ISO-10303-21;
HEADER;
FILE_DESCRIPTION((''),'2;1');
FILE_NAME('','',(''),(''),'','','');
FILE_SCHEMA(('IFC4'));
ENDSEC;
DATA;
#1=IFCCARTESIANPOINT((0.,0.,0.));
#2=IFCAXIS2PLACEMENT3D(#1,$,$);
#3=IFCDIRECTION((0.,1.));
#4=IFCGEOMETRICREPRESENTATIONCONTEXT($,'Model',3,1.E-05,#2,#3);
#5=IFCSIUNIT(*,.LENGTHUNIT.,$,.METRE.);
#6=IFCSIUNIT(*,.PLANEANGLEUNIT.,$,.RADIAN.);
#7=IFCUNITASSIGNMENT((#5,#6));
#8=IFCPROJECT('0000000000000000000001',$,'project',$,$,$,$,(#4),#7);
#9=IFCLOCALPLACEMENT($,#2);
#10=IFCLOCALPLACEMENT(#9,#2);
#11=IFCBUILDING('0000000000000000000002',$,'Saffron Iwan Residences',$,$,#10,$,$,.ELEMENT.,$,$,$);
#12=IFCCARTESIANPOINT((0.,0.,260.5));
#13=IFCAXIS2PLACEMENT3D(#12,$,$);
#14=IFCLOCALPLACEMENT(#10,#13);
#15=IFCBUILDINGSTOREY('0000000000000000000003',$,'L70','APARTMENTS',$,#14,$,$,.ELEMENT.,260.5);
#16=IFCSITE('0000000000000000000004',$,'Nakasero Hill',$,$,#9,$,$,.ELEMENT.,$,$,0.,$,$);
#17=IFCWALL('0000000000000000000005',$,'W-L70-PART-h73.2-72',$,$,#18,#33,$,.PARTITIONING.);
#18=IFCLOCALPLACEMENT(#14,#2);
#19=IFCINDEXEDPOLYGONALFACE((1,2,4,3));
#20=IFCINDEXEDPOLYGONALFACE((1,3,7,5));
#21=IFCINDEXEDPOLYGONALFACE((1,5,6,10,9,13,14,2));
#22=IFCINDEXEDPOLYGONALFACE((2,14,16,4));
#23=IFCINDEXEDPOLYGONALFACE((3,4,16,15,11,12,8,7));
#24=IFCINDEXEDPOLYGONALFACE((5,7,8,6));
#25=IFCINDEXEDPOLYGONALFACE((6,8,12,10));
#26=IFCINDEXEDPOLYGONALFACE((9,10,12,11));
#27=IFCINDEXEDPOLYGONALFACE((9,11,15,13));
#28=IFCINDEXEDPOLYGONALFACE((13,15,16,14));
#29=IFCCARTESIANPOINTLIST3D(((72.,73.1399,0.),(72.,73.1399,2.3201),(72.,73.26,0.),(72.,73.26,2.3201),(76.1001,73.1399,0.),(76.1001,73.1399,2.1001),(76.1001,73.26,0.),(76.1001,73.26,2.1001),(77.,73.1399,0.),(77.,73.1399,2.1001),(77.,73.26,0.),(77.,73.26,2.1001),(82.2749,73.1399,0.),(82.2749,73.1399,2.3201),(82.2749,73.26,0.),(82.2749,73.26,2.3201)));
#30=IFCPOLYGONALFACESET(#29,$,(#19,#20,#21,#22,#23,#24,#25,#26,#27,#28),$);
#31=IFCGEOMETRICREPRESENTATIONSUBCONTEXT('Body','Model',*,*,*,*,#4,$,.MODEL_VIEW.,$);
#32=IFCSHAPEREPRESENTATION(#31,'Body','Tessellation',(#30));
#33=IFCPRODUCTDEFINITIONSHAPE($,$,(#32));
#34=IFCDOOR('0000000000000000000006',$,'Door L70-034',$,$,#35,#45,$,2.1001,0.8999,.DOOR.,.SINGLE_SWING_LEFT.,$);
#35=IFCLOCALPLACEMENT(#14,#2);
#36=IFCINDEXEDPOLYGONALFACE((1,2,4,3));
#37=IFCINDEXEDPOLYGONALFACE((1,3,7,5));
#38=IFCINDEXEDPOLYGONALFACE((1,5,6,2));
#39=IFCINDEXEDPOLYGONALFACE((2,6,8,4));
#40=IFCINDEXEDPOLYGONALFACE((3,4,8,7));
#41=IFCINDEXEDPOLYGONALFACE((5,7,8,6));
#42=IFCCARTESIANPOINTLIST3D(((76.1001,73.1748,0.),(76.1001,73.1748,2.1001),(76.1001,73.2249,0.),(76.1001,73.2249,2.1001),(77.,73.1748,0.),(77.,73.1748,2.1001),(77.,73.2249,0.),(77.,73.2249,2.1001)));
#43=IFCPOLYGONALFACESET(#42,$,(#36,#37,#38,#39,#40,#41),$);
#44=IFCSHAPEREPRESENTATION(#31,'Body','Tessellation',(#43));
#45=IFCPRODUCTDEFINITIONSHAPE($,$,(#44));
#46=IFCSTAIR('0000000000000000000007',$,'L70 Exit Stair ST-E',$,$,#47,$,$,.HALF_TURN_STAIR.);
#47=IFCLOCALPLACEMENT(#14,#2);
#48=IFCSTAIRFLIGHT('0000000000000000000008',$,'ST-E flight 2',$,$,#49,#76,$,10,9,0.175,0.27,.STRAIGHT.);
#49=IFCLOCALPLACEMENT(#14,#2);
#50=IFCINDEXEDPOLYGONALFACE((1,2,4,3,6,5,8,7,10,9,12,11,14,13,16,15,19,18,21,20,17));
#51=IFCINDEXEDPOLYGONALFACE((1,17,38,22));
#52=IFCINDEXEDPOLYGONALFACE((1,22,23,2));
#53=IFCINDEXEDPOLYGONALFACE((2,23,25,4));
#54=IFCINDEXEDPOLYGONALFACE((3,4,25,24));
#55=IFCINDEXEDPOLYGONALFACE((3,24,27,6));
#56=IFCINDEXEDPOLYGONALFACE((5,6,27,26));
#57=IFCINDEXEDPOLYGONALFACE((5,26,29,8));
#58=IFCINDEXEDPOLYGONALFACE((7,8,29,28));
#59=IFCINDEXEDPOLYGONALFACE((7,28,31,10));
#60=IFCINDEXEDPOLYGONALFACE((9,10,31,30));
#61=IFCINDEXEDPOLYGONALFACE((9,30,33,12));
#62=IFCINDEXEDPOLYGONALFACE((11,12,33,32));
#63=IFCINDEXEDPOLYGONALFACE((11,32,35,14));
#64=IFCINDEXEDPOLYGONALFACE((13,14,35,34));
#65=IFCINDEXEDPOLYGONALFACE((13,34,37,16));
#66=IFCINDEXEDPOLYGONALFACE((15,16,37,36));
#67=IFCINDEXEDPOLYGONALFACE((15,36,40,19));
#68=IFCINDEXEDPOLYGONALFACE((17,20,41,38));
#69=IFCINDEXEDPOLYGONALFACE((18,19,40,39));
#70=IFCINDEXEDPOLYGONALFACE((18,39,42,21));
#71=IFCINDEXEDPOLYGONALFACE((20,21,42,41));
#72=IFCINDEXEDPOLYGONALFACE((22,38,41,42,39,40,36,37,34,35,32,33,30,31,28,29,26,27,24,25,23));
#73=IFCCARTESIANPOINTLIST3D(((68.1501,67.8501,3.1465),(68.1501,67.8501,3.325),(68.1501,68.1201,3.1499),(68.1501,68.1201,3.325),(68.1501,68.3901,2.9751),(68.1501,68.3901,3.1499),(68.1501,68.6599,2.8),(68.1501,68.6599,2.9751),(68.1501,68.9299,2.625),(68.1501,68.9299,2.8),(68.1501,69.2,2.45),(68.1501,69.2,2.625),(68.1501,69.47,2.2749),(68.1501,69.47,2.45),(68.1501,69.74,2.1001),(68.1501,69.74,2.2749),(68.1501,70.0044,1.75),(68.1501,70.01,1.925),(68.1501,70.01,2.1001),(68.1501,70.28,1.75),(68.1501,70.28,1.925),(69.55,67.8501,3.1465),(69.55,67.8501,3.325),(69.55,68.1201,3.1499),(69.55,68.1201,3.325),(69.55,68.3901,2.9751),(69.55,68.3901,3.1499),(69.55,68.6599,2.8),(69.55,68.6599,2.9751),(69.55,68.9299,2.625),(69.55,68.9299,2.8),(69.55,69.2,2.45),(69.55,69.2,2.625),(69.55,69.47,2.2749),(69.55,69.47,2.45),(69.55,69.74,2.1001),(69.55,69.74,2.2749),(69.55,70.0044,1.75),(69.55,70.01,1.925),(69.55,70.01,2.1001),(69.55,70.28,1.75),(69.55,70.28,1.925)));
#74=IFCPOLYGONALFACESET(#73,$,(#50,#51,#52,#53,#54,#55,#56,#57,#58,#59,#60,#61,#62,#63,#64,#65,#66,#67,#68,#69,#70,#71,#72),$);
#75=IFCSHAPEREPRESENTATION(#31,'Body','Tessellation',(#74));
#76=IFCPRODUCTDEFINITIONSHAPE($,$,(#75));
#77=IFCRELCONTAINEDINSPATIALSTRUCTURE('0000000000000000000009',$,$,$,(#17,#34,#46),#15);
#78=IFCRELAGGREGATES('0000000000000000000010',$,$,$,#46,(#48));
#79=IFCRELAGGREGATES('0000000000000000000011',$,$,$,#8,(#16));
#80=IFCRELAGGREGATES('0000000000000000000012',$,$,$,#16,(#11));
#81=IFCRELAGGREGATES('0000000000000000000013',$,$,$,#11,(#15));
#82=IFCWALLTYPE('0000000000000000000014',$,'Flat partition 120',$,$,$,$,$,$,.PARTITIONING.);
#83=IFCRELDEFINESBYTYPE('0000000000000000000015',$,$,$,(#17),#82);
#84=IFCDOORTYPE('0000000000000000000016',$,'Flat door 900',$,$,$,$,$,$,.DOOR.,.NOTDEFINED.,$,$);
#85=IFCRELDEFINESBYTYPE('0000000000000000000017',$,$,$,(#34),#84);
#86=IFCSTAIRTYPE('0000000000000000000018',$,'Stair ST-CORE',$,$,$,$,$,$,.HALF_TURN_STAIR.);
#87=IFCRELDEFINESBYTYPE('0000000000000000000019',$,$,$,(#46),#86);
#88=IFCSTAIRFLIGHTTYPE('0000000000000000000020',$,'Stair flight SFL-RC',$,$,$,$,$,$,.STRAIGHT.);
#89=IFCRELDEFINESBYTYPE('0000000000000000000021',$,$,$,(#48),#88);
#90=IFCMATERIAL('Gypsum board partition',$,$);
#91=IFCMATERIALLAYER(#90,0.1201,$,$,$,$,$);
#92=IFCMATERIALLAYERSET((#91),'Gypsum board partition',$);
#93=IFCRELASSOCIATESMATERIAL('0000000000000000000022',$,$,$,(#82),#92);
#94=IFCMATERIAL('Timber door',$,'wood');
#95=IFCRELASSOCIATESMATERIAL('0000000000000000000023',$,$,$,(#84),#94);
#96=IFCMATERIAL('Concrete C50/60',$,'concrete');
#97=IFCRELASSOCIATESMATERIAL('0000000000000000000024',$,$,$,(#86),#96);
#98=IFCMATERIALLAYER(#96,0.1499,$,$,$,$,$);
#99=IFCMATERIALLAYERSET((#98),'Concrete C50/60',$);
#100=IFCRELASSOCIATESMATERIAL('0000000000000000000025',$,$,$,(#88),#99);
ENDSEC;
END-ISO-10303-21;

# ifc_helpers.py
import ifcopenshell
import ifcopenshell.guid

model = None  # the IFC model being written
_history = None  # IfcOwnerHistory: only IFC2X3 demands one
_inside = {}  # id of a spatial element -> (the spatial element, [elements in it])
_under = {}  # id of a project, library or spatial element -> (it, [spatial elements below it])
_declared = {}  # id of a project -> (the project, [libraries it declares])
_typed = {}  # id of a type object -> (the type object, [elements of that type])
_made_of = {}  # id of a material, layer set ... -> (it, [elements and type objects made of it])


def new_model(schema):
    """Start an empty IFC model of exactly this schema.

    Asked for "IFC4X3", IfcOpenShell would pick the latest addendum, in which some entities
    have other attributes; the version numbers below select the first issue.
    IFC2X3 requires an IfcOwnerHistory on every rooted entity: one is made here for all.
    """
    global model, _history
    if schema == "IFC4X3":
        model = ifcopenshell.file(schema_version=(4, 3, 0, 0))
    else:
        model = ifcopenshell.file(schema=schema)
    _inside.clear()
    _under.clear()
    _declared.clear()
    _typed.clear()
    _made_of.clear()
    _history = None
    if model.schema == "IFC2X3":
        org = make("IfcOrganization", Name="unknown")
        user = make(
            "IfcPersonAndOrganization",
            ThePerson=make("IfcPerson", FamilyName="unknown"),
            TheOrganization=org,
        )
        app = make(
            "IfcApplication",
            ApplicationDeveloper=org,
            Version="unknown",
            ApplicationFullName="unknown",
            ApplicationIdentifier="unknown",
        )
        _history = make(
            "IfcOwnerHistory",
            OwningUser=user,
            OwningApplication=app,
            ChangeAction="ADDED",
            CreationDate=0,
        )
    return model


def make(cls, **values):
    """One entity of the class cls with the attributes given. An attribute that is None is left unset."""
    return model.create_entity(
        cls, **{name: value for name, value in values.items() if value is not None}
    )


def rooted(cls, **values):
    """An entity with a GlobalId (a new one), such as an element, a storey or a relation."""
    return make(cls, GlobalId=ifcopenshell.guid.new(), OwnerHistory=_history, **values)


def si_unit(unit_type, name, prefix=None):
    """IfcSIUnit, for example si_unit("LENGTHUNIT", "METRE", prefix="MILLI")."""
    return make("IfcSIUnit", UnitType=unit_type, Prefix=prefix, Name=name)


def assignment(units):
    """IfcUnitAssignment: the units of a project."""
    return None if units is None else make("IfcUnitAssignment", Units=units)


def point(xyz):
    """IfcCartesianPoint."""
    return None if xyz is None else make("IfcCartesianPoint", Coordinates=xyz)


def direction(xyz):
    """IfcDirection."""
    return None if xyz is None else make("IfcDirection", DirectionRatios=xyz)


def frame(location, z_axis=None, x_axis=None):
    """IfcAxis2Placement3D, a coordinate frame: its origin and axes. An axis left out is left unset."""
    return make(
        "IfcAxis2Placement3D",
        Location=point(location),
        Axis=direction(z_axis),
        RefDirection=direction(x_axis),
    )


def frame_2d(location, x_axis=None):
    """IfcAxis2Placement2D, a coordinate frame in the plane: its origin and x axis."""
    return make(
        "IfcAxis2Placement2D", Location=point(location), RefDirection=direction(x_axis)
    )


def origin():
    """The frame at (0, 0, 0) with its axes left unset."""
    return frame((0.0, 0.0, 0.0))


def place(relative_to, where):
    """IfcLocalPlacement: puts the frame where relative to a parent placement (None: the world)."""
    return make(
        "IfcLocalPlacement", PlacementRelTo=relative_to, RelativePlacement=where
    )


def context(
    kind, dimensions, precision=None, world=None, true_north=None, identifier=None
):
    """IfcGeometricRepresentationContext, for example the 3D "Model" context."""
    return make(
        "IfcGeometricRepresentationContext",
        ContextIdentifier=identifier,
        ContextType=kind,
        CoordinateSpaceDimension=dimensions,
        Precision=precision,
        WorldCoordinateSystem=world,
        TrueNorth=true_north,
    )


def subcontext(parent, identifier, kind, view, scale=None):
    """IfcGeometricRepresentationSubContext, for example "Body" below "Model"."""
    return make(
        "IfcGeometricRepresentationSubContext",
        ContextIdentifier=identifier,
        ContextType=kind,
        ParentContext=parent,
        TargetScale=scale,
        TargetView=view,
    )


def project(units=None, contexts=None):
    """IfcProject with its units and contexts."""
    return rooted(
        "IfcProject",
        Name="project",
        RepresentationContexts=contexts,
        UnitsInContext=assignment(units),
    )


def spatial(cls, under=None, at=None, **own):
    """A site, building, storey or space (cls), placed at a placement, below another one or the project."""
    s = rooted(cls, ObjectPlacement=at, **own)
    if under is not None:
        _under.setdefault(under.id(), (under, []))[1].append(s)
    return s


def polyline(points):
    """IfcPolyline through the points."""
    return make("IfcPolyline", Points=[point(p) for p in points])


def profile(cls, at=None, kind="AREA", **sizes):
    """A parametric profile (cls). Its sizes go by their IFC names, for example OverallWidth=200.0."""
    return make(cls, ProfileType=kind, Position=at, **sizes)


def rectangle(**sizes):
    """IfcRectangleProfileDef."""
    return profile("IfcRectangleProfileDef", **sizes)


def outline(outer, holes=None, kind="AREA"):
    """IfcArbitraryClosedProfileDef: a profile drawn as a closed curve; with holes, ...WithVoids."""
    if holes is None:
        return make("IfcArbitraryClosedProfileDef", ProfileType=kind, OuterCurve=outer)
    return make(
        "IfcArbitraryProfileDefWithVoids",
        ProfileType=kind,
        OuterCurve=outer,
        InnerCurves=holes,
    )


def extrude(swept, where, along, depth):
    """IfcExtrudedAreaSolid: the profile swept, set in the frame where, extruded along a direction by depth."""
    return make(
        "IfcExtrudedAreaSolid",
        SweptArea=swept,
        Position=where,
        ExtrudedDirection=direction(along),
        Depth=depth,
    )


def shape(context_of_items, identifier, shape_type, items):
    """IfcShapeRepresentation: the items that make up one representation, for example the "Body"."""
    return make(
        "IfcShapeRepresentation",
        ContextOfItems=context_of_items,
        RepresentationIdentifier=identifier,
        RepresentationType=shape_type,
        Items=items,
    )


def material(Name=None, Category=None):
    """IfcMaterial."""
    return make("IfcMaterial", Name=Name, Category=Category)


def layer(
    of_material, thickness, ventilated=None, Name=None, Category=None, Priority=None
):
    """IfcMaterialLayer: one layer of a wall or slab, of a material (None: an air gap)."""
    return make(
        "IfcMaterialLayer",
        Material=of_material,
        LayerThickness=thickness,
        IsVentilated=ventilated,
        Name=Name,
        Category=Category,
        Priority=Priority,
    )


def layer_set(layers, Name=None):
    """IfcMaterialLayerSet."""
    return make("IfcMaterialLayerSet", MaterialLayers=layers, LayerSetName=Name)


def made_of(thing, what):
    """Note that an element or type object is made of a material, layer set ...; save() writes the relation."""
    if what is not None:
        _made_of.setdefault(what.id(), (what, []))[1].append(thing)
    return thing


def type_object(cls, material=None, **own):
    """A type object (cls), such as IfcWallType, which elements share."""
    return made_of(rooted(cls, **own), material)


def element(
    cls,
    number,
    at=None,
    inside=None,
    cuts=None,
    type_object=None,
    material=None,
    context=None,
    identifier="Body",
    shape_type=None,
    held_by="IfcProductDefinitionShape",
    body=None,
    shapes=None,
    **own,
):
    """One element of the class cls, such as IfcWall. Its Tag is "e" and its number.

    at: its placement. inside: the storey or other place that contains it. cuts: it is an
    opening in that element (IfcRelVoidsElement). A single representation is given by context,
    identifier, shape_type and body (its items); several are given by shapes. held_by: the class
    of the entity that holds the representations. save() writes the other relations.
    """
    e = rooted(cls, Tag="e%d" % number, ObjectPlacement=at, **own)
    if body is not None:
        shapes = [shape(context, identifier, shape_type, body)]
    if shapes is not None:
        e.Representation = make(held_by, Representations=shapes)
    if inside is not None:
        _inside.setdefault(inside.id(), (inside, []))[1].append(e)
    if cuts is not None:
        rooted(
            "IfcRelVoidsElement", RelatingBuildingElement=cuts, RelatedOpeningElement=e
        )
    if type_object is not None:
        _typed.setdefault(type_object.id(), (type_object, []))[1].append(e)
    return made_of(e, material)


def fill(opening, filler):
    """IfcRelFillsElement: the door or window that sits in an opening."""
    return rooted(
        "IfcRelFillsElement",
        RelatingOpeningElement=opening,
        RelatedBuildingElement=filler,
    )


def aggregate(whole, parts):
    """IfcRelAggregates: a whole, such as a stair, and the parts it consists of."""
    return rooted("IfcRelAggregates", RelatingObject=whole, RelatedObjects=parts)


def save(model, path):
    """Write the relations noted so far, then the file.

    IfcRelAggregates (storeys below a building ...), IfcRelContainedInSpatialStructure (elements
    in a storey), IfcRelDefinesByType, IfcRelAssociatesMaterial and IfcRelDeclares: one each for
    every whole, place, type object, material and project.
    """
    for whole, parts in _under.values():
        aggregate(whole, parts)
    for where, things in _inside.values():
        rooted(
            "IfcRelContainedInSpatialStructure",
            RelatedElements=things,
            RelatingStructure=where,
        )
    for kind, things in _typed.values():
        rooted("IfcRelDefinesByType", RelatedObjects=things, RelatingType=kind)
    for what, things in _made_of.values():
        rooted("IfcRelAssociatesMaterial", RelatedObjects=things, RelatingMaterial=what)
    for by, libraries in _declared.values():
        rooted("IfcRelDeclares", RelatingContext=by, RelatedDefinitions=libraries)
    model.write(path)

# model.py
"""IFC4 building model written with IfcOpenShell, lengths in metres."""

from ifc_helpers import new_model, si_unit, direction, frame, frame_2d, origin, place, context, subcontext, project, spatial, polyline, rectangle, outline, extrude, material, layer, layer_set, type_object, element, fill, aggregate, save


model = new_model("IFC4")

# Units and contexts
model_context = context("Model", 3, precision=1e-05, world=origin(), true_north=direction((0.0, 1.0)))
body_context = subcontext(model_context, "Body", "Model", "MODEL_VIEW")
ifc_project = project(units=[si_unit("LENGTHUNIT", "METRE"), si_unit("PLANEANGLEUNIT", "RADIAN")], contexts=[model_context])

# Site, building, storey
site_placement = place(None, origin())
site = spatial("IfcSite", under=ifc_project, at=site_placement, Name="Nakasero Hill", CompositionType="ELEMENT", RefElevation=0.0)
building_placement = place(site_placement, origin())
building = spatial("IfcBuilding", under=site, at=building_placement, Name="Saffron Iwan Residences", CompositionType="ELEMENT")
storey_placement = place(building_placement, frame((0.0, 0.0, 260.5)))
storey = spatial("IfcBuildingStorey", under=building, at=storey_placement, Name="L70", Description="APARTMENTS", CompositionType="ELEMENT", Elevation=260.5)

# Wall, opening, door
ifc_material_1 = material(Name="Gypsum board partition")
ifc_layer_1 = layer(ifc_material_1, 0.1201)
ifc_layer_set_1 = layer_set([ifc_layer_1], Name="Gypsum board partition")
wall_type_1 = type_object("IfcWallType", Name="Flat partition 120", PredefinedType="PARTITIONING", material=ifc_layer_set_1)
wall_1_placement = place(storey_placement, frame((72.0, 73.2, 0.0), z_axis=(0.0, 0.0, 1.0), x_axis=(1.0, 0.0, 0.0)))
wall_1 = element("IfcWall", 1, at=wall_1_placement, inside=storey, type_object=wall_type_1, Name="W-L70-PART-h73.2-72", PredefinedType="PARTITIONING", context=body_context, shape_type="SweptSolid", body=[
    extrude(rectangle(XDim=10.2749, YDim=0.1201, at=frame_2d((5.1375, 0.0))), origin(), (0.0, 0.0, 1.0), 2.3201),
])
opening_1_placement = place(wall_1_placement, frame((4.1001, 0.0, 0.0)))
opening_1 = element("IfcOpeningElement", 2, at=opening_1_placement, cuts=wall_1, PredefinedType="OPENING", context=body_context, shape_type="SweptSolid", body=[
    extrude(rectangle(XDim=0.8999, YDim=2.1001, at=frame_2d((0.45, 1.05))), frame((0.0, 0.0701, 0.0), z_axis=(0.0, -1.0, 0.0), x_axis=(1.0, 0.0, 0.0)), (0.0, 0.0, 1.0), 0.1401),
])
ifc_material_2 = material(Name="Timber door", Category="wood")
door_type_1 = type_object("IfcDoorType", Name="Flat door 900", OperationType="NOTDEFINED", PredefinedType="DOOR", material=ifc_material_2)
door_1_placement = place(opening_1_placement, origin())
door_1 = element("IfcDoor", 3, at=door_1_placement, inside=storey, type_object=door_type_1, Name="Door L70-034", OperationType="SINGLE_SWING_LEFT", OverallHeight=2.1001, OverallWidth=0.8999, PredefinedType="DOOR", context=body_context, shape_type="SweptSolid", body=[
    extrude(rectangle(XDim=0.8999, YDim=2.1001, at=frame_2d((0.45, 1.05))), frame((0.0, 0.0249, 0.0), z_axis=(0.0, -1.0, 0.0), x_axis=(1.0, 0.0, 0.0)), (0.0, 0.0, 1.0), 0.05),
])
fill(opening_1, door_1)

# Stair, stair flight
ifc_material_3 = material(Name="Concrete C50/60", Category="concrete")
stair_type = type_object("IfcStairType", Name="Stair ST-CORE", PredefinedType="HALF_TURN_STAIR", material=ifc_material_3)
stair_placement = place(storey_placement, origin())
stair = element("IfcStair", 4, at=stair_placement, inside=storey, type_object=stair_type, Name="L70 Exit Stair ST-E", PredefinedType="HALF_TURN_STAIR")
ifc_layer_2 = layer(ifc_material_3, 0.1499)
ifc_layer_set_2 = layer_set([ifc_layer_2], Name="Concrete C50/60")
stair_flight_type = type_object("IfcStairFlightType", Name="Stair flight SFL-RC", PredefinedType="STRAIGHT", material=ifc_layer_set_2)
stair_flight_placement = place(storey_placement, frame((68.8501, 70.28, 1.75), z_axis=(0.0, 0.0, 1.0), x_axis=(0.0, -1.0, 0.0)))
stair_flight = element("IfcStairFlight", 5, at=stair_flight_placement, type_object=stair_flight_type, Name="ST-E flight 2", NumberOfRisers=10, NumberOfTreads=9, PredefinedType="STRAIGHT", RiserHeight=0.175, TreadLength=0.27, context=body_context, shape_type="SweptSolid", body=[
    extrude(outline(polyline([(0.0, 0.0), (0.0, 0.175), (0.27, 0.175), (0.27, 0.3501), (0.54, 0.3501), (0.54, 0.5249), (0.8101, 0.5249), (0.8101, 0.7), (1.0801, 0.7), (1.0801, 0.875), (1.3501, 0.875), (1.3501, 1.05), (1.6201, 1.05), (1.6201, 1.2251), (1.8899, 1.2251), (1.8899, 1.3999), (2.1599, 1.3999), (2.1599, 1.575), (2.4299, 1.575), (2.4299, 1.75), (2.4299, 1.3965), (0.2756, 0.0), (0.0, 0.0)])), frame((0.0, 0.7, 0.0), z_axis=(0.0, -1.0, 0.0), x_axis=(1.0, 0.0, 0.0)), (0.0, 0.0, 1.0), 1.3999),
])
aggregate(stair, [stair_flight])

save(model, "model.ifc")
